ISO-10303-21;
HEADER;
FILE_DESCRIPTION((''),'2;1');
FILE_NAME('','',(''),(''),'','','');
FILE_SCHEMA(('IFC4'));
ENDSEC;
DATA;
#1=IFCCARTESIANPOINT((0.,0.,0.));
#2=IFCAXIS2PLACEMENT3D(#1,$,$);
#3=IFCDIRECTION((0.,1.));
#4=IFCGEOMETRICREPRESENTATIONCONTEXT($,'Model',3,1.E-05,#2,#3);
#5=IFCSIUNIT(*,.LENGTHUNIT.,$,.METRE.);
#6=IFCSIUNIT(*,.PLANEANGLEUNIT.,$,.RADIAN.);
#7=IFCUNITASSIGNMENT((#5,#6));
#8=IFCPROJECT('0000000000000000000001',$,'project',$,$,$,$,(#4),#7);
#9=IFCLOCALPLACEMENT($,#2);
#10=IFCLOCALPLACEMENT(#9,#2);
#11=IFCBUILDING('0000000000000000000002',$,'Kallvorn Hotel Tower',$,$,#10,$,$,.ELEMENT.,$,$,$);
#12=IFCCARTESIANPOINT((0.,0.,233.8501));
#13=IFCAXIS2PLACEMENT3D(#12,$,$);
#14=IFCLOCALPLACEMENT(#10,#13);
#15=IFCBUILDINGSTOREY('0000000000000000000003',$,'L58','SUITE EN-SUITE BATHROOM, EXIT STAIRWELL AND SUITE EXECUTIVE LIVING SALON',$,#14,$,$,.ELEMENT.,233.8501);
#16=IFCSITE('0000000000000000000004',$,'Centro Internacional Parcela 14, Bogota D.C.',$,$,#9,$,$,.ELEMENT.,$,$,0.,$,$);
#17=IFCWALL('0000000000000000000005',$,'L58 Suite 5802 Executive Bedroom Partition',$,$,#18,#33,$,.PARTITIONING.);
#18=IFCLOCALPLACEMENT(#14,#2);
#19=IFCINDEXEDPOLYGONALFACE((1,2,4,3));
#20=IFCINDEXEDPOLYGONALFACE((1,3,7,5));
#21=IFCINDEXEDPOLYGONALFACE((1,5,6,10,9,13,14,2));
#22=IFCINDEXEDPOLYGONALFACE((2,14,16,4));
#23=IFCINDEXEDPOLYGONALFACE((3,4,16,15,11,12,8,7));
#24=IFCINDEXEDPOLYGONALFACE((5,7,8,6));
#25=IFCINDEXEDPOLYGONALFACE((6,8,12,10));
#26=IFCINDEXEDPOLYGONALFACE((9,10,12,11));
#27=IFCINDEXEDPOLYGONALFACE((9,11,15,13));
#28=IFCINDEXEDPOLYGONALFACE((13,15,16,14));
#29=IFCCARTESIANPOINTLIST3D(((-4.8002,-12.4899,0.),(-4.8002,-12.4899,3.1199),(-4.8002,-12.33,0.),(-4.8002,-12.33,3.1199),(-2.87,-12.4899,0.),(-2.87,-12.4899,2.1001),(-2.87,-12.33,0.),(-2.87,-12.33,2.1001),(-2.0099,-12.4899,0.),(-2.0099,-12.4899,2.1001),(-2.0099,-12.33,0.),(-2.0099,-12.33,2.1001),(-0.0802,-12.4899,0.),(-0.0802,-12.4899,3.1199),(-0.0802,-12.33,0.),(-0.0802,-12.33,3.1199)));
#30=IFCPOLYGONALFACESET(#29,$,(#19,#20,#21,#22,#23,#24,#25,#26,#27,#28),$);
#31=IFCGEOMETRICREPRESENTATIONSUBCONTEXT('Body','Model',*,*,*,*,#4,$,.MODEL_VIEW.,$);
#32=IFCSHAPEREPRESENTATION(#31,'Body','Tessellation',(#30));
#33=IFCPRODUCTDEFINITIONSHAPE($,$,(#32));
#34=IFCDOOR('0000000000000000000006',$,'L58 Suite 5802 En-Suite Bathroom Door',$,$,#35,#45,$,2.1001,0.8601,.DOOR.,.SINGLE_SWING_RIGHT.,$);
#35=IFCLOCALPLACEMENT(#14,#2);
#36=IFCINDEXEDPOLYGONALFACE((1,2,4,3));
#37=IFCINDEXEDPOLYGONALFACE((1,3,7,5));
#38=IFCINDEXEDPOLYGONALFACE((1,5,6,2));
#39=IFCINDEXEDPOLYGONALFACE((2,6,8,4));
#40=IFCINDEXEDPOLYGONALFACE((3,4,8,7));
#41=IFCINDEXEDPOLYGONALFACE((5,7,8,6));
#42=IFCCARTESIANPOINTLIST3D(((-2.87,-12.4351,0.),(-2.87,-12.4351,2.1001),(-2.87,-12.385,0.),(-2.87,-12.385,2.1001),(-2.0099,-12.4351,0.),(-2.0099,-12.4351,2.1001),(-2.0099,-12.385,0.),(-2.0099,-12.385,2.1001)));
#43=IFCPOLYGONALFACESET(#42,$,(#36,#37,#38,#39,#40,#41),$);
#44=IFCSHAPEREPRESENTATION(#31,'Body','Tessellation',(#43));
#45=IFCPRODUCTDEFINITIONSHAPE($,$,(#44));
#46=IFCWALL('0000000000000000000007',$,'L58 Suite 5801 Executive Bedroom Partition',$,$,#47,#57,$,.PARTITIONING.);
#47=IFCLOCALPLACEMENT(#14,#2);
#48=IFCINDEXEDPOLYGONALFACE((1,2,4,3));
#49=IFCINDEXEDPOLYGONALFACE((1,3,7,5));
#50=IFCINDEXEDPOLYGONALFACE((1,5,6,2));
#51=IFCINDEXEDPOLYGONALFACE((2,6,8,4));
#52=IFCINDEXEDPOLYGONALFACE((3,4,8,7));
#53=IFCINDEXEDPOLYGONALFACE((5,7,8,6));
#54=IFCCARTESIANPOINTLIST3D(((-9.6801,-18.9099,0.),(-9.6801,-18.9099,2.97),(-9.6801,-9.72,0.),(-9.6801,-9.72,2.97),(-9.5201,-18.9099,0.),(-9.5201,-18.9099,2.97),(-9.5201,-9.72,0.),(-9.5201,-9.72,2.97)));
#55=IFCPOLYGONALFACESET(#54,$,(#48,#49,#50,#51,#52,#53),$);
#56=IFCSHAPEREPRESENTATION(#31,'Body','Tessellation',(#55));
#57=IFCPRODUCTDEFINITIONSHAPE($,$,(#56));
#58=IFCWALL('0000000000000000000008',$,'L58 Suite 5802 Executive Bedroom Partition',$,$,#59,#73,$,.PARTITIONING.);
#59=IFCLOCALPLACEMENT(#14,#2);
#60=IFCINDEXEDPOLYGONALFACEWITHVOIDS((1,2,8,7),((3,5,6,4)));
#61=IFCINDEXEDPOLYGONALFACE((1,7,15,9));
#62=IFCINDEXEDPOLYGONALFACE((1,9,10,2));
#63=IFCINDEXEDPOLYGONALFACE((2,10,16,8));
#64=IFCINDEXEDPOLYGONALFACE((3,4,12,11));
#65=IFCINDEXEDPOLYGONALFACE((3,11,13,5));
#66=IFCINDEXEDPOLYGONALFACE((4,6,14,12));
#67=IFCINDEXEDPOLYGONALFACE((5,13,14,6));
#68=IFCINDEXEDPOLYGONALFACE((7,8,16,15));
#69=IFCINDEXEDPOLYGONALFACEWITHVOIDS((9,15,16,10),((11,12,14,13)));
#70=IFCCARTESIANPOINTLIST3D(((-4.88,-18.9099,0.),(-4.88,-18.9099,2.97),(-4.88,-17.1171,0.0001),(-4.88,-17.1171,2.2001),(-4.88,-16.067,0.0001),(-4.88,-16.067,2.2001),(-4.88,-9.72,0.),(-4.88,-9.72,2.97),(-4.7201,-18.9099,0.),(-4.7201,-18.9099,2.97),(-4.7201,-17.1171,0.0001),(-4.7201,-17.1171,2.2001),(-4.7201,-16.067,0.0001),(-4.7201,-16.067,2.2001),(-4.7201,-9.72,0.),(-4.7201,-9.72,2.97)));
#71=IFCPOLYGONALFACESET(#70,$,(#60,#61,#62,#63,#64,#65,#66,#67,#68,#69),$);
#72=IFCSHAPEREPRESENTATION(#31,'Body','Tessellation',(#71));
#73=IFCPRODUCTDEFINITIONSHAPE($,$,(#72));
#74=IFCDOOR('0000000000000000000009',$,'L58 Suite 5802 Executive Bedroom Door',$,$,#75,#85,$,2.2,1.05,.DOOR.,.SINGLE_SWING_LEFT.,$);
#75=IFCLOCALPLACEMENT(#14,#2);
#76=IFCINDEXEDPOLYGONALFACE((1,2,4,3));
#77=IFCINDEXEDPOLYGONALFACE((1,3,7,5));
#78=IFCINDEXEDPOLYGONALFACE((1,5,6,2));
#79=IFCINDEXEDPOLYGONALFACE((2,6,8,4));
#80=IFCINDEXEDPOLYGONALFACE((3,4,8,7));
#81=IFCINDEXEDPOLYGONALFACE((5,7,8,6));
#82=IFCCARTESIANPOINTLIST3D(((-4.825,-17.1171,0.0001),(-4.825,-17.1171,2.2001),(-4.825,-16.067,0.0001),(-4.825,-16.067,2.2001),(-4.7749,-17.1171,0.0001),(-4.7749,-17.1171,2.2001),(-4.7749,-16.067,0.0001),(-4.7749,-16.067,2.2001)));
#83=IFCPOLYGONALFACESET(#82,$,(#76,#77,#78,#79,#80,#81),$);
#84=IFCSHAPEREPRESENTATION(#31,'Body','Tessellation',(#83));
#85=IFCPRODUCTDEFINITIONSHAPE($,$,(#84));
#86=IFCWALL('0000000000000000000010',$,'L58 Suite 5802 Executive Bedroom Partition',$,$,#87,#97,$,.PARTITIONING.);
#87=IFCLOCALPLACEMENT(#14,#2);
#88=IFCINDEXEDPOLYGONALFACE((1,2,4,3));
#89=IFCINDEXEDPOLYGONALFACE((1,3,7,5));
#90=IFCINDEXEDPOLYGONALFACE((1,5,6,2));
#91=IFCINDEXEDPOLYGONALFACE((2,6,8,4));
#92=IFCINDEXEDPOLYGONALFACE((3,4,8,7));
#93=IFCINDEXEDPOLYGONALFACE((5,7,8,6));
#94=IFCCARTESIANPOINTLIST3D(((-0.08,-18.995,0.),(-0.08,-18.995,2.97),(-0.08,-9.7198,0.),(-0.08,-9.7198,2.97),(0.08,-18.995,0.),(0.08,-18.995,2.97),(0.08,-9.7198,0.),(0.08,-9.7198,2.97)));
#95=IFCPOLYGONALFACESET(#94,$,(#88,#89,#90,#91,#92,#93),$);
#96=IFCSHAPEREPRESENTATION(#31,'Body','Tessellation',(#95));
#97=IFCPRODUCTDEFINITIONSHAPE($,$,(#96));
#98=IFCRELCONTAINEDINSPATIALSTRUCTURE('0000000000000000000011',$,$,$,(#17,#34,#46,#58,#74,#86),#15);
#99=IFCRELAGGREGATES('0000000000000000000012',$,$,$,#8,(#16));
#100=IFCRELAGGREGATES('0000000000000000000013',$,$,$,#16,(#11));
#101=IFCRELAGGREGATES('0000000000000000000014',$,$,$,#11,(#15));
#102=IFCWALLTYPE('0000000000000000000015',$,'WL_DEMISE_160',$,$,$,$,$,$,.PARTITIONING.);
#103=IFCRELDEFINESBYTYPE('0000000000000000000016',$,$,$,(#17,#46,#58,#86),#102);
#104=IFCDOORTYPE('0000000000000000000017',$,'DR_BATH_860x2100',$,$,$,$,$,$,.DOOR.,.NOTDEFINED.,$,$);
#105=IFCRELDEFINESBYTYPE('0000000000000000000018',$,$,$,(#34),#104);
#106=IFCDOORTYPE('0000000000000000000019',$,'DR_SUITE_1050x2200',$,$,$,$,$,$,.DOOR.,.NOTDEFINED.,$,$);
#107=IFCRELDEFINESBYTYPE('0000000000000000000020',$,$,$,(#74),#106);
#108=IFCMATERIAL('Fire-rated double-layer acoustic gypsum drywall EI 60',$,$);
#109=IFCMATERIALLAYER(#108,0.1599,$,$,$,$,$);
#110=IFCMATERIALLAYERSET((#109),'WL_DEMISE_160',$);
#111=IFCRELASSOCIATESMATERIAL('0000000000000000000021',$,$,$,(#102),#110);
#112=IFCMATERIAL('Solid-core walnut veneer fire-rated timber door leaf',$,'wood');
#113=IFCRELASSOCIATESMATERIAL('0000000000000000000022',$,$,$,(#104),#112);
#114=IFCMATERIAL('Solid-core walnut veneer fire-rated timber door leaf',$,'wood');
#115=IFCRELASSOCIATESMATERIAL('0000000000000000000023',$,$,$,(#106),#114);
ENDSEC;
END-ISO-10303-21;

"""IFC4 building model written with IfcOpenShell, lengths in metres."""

from ifc_helpers import new_model, si_unit, direction, frame, frame_2d, origin, place, context, subcontext, project, spatial, rectangle, extrude, material, layer, layer_set, type_object, element, fill, save


model = new_model("IFC4")

# Units and contexts
model_context = context("Model", 3, precision=1e-05, world=origin(), true_north=direction((0.0, 1.0)))
body_context = subcontext(model_context, "Body", "Model", "MODEL_VIEW")
ifc_project = project(units=[si_unit("LENGTHUNIT", "METRE"), si_unit("PLANEANGLEUNIT", "RADIAN")], contexts=[model_context])

# Site, building, storey
site_placement = place(None, origin())
site = spatial("IfcSite", under=ifc_project, at=site_placement, Name="Centro Internacional Parcela 14, Bogota D.C.", CompositionType="ELEMENT", RefElevation=0.0)
building_placement = place(site_placement, origin())
building = spatial("IfcBuilding", under=site, at=building_placement, Name="Kallvorn Hotel Tower", CompositionType="ELEMENT")
storey_placement = place(building_placement, frame((0.0, 0.0, 233.8501)))
storey = spatial("IfcBuildingStorey", under=building, at=storey_placement, Name="L58", Description="SUITE EN-SUITE BATHROOM, EXIT STAIRWELL AND SUITE EXECUTIVE LIVING SALON", CompositionType="ELEMENT", Elevation=233.8501)

# Wall, opening, door
ifc_material_1 = material(Name="Fire-rated double-layer acoustic gypsum drywall EI 60")
ifc_layer_1 = layer(ifc_material_1, 0.1599)
ifc_layer_set_1 = layer_set([ifc_layer_1], Name="WL_DEMISE_160")
wall_type_1 = type_object("IfcWallType", Name="WL_DEMISE_160", PredefinedType="PARTITIONING", material=ifc_layer_set_1)
wall_1_placement = place(storey_placement, frame((-4.8, -12.4099, 0.0), z_axis=(0.0, 0.0, 1.0), x_axis=(1.0, 0.0, 0.0)))
wall_1 = element("IfcWall", 1, at=wall_1_placement, inside=storey, type_object=wall_type_1, Name="L58 Suite 5802 Executive Bedroom Partition", PredefinedType="PARTITIONING", context=body_context, shape_type="SweptSolid", body=[
    extrude(rectangle(XDim=4.72, YDim=0.1599, at=frame_2d((2.3599, 0.0))), origin(), (0.0, 0.0, 1.0), 3.1199),
])
opening_1_placement = place(wall_1_placement, frame((1.9299, 0.0, 0.0)))
opening_1 = element("IfcOpeningElement", 2, at=opening_1_placement, cuts=wall_1, PredefinedType="OPENING", context=body_context, shape_type="SweptSolid", body=[
    extrude(rectangle(XDim=0.8601, YDim=2.1001, at=frame_2d((0.4302, 1.05))), frame((0.0, 0.095, 0.0), z_axis=(0.0, -1.0, 0.0), x_axis=(1.0, 0.0, 0.0)), (0.0, 0.0, 1.0), 0.1899),
])
ifc_material_2 = material(Name="Solid-core walnut veneer fire-rated timber door leaf", Category="wood")
door_type_1 = type_object("IfcDoorType", Name="DR_BATH_860x2100", OperationType="NOTDEFINED", PredefinedType="DOOR", material=ifc_material_2)
door_1_placement = place(opening_1_placement, origin())
door_1 = element("IfcDoor", 3, at=door_1_placement, inside=storey, type_object=door_type_1, Name="L58 Suite 5802 En-Suite Bathroom Door", OperationType="SINGLE_SWING_RIGHT", OverallHeight=2.1001, OverallWidth=0.8601, PredefinedType="DOOR", context=body_context, shape_type="SweptSolid", body=[
    extrude(rectangle(XDim=0.8601, YDim=2.1001, at=frame_2d((0.4302, 1.05))), frame((0.0, 0.0249, 0.0), z_axis=(0.0, -1.0, 0.0), x_axis=(1.0, 0.0, 0.0)), (0.0, 0.0, 1.0), 0.05),
])
fill(opening_1, door_1)

# Wall
wall_2_placement = place(storey_placement, frame((-9.6001, -18.9099, 0.0), z_axis=(0.0, 0.0, 1.0), x_axis=(0.0, 1.0, 0.0)))
element("IfcWall", 4, at=wall_2_placement, inside=storey, type_object=wall_type_1, Name="L58 Suite 5801 Executive Bedroom Partition", PredefinedType="PARTITIONING", context=body_context, shape_type="SweptSolid", body=[
    extrude(rectangle(XDim=9.1899, YDim=0.1599, at=frame_2d((4.595, 0.0))), origin(), (0.0, 0.0, 1.0), 2.97),
])

# Wall, opening, door
wall_3_placement = place(storey_placement, frame((-4.8, -18.9099, 0.0), z_axis=(0.0, 0.0, 1.0), x_axis=(0.0, 1.0, 0.0)))
wall_3 = element("IfcWall", 5, at=wall_3_placement, inside=storey, type_object=wall_type_1, Name="L58 Suite 5802 Executive Bedroom Partition", PredefinedType="PARTITIONING", context=body_context, shape_type="SweptSolid", body=[
    extrude(rectangle(XDim=9.1899, YDim=0.1599, at=frame_2d((4.595, 0.0))), origin(), (0.0, 0.0, 1.0), 2.97),
])
opening_2_placement = place(wall_3_placement, frame((1.793, 0.0, 0.0)))
opening_2 = element("IfcOpeningElement", 6, at=opening_2_placement, cuts=wall_3, PredefinedType="OPENING", context=body_context, shape_type="SweptSolid", body=[
    extrude(rectangle(XDim=1.05, YDim=2.2, at=frame_2d((0.5249, 1.1001))), frame((0.0, 0.095, 0.0), z_axis=(0.0, -1.0, 0.0), x_axis=(1.0, 0.0, 0.0)), (0.0, 0.0, 1.0), 0.1899),
])
ifc_material_3 = material(Name="Solid-core walnut veneer fire-rated timber door leaf", Category="wood")
door_type_2 = type_object("IfcDoorType", Name="DR_SUITE_1050x2200", OperationType="NOTDEFINED", PredefinedType="DOOR", material=ifc_material_3)
door_2_placement = place(opening_2_placement, origin())
door_2 = element("IfcDoor", 7, at=door_2_placement, inside=storey, type_object=door_type_2, Name="L58 Suite 5802 Executive Bedroom Door", OperationType="SINGLE_SWING_LEFT", OverallHeight=2.2, OverallWidth=1.05, PredefinedType="DOOR", context=body_context, shape_type="SweptSolid", body=[
    extrude(rectangle(XDim=1.05, YDim=2.2, at=frame_2d((0.5249, 1.1001))), frame((0.0, 0.0249, 0.0), z_axis=(0.0, -1.0, 0.0), x_axis=(1.0, 0.0, 0.0)), (0.0, 0.0, 1.0), 0.05),
])
fill(opening_2, door_2)

# Wall
wall_4_placement = place(storey_placement, frame((0.0, -18.9951, 0.0), z_axis=(0.0, 0.0, 1.0), x_axis=(0.0, 1.0, 0.0)))
element("IfcWall", 8, at=wall_4_placement, inside=storey, type_object=wall_type_1, Name="L58 Suite 5802 Executive Bedroom Partition", PredefinedType="PARTITIONING", context=body_context, shape_type="SweptSolid", body=[
    extrude(rectangle(XDim=9.2751, YDim=0.1599, at=frame_2d((4.6377, 0.0))), origin(), (0.0, 0.0, 1.0), 2.97),
])

save(model, "model.ifc")
